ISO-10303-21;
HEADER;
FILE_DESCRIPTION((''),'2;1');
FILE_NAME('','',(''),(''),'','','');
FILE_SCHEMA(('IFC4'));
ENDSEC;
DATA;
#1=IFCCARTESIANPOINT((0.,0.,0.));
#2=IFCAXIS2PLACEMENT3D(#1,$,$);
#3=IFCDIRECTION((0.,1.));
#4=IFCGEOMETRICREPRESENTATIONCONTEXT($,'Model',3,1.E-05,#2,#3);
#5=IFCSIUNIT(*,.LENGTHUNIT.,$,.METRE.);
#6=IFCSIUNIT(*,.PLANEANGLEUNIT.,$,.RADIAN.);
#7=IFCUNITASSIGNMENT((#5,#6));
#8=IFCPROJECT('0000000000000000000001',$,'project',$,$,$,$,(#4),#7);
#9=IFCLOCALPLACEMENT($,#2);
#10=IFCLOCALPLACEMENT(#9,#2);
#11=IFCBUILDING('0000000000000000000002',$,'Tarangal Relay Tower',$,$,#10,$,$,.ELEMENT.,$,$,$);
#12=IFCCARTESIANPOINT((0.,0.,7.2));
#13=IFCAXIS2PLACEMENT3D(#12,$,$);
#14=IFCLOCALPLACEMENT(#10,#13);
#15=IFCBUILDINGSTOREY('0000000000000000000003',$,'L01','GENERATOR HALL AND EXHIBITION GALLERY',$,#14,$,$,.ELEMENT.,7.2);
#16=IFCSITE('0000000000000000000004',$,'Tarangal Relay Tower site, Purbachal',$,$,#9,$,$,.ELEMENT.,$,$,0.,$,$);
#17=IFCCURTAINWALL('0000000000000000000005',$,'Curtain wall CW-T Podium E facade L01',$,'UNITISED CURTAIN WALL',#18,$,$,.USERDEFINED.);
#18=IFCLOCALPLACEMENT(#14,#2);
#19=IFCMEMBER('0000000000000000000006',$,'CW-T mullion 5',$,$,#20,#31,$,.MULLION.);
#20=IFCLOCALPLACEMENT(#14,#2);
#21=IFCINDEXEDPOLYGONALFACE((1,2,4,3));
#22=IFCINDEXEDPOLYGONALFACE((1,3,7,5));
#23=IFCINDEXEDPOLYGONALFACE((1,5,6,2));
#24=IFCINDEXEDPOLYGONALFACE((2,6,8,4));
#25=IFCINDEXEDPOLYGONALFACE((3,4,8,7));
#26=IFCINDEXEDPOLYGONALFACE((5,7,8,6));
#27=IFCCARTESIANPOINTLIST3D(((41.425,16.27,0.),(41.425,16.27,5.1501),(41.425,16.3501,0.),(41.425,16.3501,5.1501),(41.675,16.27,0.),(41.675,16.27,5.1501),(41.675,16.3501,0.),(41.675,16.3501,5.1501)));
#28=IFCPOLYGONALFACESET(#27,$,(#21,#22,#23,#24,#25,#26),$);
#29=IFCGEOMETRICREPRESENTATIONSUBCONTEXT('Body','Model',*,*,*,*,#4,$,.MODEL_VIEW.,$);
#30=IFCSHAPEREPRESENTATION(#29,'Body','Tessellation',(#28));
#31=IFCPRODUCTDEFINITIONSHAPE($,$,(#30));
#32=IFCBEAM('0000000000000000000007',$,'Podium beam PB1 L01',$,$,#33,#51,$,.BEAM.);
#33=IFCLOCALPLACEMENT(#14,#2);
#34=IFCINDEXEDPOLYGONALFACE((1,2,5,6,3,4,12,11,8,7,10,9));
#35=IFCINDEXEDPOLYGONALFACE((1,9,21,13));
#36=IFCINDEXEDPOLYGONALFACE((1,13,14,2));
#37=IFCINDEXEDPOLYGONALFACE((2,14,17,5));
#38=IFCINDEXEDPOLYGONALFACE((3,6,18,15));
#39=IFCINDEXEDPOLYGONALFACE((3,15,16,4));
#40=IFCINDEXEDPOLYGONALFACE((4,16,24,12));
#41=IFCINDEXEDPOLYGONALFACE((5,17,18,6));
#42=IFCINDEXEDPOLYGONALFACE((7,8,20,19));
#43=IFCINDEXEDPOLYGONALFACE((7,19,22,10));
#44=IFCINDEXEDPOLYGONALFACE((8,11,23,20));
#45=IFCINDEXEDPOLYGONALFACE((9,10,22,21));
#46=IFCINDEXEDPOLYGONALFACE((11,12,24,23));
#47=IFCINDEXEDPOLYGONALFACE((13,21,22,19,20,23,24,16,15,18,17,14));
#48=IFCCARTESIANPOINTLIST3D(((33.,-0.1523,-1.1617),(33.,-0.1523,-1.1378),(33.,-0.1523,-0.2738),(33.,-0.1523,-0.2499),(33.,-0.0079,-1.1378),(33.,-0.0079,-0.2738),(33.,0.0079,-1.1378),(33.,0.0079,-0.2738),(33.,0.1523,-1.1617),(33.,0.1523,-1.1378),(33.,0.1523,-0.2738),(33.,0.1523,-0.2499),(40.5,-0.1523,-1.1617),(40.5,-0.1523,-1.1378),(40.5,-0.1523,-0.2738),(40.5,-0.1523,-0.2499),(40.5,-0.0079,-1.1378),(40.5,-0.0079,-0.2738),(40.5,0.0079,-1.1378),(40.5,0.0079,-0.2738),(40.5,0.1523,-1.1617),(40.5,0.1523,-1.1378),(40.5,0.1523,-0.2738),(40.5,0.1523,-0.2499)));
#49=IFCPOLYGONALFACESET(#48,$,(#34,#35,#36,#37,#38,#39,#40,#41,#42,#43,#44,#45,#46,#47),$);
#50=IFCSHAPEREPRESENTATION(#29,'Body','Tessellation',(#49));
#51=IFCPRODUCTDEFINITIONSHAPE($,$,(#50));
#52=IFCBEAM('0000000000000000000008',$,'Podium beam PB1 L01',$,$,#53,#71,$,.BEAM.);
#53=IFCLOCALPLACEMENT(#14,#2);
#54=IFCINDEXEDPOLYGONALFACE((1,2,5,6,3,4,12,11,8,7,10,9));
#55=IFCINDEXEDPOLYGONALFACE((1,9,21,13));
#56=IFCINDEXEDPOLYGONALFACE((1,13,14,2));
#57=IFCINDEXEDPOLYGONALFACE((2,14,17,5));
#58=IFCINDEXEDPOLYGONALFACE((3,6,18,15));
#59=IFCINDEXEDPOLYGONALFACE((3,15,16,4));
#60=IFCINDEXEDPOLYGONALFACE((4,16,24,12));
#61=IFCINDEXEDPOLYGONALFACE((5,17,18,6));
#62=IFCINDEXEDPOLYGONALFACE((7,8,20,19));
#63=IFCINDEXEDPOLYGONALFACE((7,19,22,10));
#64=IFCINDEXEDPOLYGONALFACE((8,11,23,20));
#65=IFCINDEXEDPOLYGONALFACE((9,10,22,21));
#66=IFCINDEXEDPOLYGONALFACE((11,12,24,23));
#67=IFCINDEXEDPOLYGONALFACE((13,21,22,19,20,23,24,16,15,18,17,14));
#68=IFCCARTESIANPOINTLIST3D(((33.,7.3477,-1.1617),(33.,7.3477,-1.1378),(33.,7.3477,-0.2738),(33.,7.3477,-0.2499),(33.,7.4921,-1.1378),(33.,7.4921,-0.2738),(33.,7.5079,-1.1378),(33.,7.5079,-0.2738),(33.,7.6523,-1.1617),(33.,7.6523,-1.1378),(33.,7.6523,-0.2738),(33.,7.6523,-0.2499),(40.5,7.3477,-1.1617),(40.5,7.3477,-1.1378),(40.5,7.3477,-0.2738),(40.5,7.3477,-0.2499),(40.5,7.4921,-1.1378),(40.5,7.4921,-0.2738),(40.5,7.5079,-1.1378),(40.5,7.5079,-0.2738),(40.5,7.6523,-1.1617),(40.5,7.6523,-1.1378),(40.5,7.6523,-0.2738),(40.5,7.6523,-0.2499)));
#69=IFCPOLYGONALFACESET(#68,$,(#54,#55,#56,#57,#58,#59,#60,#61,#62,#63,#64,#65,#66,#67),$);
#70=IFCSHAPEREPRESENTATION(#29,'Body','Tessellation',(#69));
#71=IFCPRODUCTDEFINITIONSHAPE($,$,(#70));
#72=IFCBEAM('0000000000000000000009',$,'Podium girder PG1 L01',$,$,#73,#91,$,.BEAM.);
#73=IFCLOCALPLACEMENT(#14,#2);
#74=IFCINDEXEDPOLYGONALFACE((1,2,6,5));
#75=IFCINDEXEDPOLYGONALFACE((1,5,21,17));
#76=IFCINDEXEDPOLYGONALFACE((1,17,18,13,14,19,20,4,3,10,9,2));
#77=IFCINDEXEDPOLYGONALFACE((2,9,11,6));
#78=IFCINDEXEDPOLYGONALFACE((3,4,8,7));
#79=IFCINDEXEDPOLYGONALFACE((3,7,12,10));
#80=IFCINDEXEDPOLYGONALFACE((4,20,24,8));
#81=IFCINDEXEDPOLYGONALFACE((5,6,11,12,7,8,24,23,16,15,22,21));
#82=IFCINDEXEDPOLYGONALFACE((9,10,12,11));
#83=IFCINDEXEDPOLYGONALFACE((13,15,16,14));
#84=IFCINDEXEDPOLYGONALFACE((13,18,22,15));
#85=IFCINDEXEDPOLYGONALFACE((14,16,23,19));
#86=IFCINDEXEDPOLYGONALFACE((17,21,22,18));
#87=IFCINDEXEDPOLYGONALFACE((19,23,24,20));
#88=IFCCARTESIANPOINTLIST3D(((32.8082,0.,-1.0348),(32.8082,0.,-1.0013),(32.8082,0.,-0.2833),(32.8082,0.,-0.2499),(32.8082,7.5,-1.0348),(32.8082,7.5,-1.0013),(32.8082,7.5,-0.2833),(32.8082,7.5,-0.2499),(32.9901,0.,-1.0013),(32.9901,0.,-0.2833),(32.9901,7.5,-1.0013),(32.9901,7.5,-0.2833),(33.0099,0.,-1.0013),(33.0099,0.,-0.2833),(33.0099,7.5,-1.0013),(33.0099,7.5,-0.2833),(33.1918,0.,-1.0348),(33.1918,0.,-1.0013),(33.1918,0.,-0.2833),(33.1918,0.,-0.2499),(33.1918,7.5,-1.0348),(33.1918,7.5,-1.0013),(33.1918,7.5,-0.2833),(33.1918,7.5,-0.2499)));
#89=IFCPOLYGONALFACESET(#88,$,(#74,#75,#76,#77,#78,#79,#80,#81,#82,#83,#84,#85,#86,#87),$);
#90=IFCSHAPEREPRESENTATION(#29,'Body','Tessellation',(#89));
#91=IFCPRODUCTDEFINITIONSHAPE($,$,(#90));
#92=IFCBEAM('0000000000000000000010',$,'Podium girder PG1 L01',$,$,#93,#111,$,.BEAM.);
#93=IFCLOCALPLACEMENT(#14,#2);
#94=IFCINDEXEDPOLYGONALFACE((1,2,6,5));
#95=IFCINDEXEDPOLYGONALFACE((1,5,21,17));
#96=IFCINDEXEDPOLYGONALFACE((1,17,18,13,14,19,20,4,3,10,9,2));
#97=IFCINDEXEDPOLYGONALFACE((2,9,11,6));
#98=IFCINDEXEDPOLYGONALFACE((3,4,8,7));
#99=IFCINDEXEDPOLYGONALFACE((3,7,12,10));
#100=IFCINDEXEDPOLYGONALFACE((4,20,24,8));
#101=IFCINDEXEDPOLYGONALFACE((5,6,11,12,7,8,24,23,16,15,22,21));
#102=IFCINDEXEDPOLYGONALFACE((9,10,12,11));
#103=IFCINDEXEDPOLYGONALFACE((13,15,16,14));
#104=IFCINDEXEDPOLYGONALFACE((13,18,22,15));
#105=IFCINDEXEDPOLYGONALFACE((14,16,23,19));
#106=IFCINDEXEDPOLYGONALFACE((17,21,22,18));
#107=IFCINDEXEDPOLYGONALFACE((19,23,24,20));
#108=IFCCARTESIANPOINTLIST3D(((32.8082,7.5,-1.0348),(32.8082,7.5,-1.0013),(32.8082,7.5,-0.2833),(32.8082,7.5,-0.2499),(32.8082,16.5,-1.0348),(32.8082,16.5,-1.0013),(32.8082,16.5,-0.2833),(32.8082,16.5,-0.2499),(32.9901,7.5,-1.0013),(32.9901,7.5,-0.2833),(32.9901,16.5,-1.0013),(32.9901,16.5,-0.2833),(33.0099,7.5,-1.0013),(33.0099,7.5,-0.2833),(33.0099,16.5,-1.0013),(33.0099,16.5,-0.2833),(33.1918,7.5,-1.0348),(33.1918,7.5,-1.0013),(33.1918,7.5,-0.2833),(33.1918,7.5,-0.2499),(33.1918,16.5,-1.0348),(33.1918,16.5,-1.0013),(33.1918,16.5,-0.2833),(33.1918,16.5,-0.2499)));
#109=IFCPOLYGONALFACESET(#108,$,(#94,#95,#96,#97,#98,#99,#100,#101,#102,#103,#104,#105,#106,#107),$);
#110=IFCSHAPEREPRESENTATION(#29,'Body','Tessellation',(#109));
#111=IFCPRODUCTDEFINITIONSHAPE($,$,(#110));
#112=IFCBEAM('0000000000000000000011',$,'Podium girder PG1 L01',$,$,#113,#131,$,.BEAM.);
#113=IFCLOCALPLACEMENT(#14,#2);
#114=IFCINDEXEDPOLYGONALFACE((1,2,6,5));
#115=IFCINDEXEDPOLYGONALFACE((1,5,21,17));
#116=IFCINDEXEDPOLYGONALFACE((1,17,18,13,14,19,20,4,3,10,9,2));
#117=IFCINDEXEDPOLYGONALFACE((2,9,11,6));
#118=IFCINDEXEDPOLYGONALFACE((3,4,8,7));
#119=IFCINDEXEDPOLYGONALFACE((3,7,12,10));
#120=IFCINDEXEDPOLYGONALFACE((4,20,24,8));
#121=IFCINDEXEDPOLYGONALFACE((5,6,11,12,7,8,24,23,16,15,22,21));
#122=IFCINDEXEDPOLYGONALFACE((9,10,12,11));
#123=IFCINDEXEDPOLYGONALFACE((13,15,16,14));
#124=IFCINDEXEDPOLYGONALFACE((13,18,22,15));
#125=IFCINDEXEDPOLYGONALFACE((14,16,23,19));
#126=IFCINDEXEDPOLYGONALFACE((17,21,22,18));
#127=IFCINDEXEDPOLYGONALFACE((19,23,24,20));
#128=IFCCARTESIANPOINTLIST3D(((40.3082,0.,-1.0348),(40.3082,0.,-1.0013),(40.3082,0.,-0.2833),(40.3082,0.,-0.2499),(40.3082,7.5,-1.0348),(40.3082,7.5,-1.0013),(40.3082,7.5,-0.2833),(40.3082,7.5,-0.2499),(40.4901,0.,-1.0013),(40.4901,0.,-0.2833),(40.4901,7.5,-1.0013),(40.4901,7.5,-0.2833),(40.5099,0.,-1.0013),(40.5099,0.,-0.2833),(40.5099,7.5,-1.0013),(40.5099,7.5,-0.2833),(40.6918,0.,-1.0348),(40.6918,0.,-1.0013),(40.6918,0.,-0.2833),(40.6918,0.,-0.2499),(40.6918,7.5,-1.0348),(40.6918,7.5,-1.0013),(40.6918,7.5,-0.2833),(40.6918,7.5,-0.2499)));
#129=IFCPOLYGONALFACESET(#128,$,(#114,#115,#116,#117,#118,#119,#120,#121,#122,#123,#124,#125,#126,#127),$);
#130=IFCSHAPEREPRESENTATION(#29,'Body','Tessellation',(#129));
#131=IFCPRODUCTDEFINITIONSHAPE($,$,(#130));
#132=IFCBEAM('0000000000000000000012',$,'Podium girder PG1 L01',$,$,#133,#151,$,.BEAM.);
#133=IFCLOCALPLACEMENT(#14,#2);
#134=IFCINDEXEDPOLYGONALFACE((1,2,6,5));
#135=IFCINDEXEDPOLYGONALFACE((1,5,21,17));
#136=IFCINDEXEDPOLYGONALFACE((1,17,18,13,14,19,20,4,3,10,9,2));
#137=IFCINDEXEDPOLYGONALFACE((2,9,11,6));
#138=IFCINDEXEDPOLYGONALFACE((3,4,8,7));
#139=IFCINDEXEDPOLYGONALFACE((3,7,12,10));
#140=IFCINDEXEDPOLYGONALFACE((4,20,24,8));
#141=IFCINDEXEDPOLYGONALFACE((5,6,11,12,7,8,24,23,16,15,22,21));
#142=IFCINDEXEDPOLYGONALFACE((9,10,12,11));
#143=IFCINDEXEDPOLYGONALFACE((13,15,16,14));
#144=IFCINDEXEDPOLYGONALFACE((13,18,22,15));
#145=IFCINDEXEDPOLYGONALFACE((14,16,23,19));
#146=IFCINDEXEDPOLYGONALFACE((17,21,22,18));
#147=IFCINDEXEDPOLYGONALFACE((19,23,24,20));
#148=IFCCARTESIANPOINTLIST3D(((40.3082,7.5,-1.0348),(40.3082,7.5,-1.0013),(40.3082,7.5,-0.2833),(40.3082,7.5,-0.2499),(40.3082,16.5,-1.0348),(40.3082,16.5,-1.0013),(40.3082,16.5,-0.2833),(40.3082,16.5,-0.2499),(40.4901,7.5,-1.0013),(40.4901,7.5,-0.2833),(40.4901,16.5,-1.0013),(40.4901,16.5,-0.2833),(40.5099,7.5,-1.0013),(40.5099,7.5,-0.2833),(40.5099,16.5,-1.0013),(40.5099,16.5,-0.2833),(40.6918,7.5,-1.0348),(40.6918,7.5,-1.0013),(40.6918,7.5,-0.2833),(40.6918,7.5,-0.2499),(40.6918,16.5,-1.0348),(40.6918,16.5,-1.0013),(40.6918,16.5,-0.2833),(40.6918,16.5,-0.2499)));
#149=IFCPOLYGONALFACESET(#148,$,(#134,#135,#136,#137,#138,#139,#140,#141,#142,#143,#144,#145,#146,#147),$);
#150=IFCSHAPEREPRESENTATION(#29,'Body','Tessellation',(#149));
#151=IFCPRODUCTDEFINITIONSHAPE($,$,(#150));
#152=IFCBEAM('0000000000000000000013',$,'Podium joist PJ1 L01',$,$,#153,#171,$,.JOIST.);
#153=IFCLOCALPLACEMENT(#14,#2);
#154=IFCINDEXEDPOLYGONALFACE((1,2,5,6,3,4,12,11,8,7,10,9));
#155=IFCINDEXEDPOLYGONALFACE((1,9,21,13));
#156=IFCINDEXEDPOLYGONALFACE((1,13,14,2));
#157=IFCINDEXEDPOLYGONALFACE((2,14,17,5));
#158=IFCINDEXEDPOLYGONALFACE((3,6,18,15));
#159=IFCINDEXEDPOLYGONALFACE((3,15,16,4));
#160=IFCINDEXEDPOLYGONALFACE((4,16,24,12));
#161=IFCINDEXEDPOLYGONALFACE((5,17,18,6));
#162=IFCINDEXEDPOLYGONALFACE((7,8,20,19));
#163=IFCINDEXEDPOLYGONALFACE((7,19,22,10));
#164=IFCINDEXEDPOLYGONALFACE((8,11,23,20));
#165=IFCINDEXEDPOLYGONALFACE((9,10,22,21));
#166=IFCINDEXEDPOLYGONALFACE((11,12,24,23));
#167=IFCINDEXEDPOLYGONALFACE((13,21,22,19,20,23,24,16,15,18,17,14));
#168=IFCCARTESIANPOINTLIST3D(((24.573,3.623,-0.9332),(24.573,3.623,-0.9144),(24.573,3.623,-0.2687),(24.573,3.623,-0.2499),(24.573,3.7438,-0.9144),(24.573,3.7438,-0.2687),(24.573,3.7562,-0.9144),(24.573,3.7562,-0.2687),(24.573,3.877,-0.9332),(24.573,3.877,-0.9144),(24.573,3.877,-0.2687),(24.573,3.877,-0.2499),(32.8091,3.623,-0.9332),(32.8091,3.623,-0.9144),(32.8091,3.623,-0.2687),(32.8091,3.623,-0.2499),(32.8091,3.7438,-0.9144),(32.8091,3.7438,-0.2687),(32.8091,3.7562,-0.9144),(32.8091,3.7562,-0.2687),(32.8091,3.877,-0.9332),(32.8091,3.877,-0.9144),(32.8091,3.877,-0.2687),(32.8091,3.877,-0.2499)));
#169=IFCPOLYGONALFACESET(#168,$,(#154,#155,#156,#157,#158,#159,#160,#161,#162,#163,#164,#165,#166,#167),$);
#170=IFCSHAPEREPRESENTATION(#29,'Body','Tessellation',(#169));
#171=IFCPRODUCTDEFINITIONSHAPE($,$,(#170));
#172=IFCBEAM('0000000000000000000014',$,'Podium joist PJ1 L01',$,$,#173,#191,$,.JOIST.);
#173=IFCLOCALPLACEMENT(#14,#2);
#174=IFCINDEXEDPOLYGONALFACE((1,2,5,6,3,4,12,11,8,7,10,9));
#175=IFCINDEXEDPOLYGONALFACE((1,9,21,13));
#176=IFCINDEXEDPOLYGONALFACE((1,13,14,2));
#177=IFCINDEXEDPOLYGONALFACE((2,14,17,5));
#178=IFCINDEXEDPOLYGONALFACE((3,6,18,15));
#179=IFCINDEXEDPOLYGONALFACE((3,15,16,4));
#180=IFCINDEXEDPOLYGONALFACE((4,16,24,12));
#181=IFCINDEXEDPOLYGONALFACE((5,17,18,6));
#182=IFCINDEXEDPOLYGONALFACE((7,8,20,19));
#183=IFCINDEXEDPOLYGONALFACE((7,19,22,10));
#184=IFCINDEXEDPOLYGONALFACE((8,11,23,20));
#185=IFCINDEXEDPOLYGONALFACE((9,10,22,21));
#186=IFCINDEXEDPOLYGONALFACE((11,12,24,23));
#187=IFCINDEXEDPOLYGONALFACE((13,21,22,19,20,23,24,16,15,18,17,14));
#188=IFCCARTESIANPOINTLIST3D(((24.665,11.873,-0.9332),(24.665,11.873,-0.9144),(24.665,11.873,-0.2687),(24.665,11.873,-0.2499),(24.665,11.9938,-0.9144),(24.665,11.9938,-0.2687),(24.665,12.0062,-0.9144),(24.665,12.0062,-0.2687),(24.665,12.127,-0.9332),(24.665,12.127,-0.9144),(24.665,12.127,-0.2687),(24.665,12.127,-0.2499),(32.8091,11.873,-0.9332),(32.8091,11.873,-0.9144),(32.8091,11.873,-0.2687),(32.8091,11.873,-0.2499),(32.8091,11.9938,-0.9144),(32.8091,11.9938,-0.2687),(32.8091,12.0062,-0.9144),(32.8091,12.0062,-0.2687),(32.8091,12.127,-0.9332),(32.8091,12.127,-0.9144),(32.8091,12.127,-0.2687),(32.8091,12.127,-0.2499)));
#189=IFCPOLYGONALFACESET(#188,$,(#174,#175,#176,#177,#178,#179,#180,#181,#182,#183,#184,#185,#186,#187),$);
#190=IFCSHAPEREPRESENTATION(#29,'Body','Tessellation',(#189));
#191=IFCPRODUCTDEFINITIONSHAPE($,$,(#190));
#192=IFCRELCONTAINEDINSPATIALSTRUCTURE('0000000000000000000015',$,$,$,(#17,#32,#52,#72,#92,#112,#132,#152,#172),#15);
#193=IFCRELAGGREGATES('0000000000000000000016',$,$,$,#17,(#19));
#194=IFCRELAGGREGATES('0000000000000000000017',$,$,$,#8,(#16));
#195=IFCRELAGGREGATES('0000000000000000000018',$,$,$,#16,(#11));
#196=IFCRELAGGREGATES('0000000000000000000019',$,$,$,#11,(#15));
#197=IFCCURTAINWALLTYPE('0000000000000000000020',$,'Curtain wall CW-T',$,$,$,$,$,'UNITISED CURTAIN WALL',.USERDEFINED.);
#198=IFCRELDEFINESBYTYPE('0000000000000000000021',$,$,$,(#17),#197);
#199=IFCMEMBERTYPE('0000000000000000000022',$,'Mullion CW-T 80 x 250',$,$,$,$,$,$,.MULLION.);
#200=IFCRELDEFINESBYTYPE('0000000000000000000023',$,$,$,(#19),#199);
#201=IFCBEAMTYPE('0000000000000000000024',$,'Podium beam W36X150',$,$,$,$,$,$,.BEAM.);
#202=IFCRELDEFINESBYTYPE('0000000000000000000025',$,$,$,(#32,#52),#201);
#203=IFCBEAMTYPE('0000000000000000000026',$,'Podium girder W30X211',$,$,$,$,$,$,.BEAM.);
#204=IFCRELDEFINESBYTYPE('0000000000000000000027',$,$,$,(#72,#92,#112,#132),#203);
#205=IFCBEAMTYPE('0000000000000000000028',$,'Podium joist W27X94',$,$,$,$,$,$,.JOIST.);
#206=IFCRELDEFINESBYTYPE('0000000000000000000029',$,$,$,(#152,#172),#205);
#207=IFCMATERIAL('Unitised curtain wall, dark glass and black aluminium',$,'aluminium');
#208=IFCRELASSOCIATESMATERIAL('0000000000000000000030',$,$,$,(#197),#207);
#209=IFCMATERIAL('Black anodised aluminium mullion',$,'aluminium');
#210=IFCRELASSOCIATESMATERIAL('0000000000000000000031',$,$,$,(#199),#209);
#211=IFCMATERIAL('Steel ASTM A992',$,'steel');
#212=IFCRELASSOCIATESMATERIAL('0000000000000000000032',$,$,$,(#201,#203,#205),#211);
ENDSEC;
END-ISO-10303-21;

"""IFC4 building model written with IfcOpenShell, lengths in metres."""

from ifc_helpers import new_model, si_unit, direction, frame, origin, origin_2d, place, context, subcontext, project, spatial, rectangle, i_section, extrude, material, material_profile, profile_set, type_object, element, aggregate, save


model = new_model("IFC4")

# Units and contexts
model_context = context("Model", 3, precision=1e-05, world=origin(), true_north=direction((0.0, 1.0)))
body_context = subcontext(model_context, "Body", "Model", "MODEL_VIEW")
ifc_project = project(units=[si_unit("LENGTHUNIT", "METRE"), si_unit("PLANEANGLEUNIT", "RADIAN")], contexts=[model_context])

# Site, building, storey
site_placement = place(None, origin())
site = spatial("IfcSite", under=ifc_project, at=site_placement, Name="Tarangal Relay Tower site, Purbachal", CompositionType="ELEMENT", RefElevation=0.0)
building_placement = place(site_placement, origin())
building = spatial("IfcBuilding", under=site, at=building_placement, Name="Tarangal Relay Tower", CompositionType="ELEMENT")
storey_placement = place(building_placement, frame((0.0, 0.0, 7.2)))
storey = spatial("IfcBuildingStorey", under=building, at=storey_placement, Name="L01", Description="GENERATOR HALL AND EXHIBITION GALLERY", CompositionType="ELEMENT", Elevation=7.2)

# Shared definitions
ifc_material_1 = material(Name="Steel ASTM A992", Category="steel")

# Shared definitions
ifc_material_2 = material(Name="Unitised curtain wall, dark glass and black aluminium", Category="aluminium")
ifc_material_3 = material(Name="Black anodised aluminium mullion", Category="aluminium")

# Curtain wall, member
curtain_wall_type_1 = type_object("IfcCurtainWallType", Name="Curtain wall CW-T", ElementType="UNITISED CURTAIN WALL", PredefinedType="USERDEFINED", material=ifc_material_2)
ifc_material_profile_1 = material_profile(ifc_material_3, rectangle(XDim=0.25, YDim=0.0801, at=origin_2d()), Name="CW-TM 80X250")
ifc_profile_set_1 = profile_set([ifc_material_profile_1], Name="Black anodised aluminium mullion")
member_type_1 = type_object("IfcMemberType", Name="Mullion CW-T 80 x 250", PredefinedType="MULLION", material=ifc_profile_set_1)
curtain_wall_1_placement = place(storey_placement, origin())
curtain_wall_1 = element("IfcCurtainWall", 1, at=curtain_wall_1_placement, inside=storey, type_object=curtain_wall_type_1, Name="Curtain wall CW-T Podium E facade L01", ObjectType="UNITISED CURTAIN WALL", PredefinedType="USERDEFINED")
member_1_placement = place(storey_placement, frame((41.55, 16.3101, 0.0), z_axis=(0.0, 0.0, 1.0), x_axis=(-1.0, 0.0, 0.0)))
member_1 = element("IfcMember", 2, at=member_1_placement, type_object=member_type_1, Name="CW-T mullion 5", PredefinedType="MULLION", context=body_context, shape_type="SweptSolid", body=[
    extrude(rectangle(XDim=0.25, YDim=0.0801, at=origin_2d()), origin(), (0.0, 0.0, 1.0), 5.1501),
])

# Beams
ifc_material_profile_2 = material_profile(ifc_material_1, i_section(OverallWidth=0.3047, OverallDepth=0.9119, WebThickness=0.0159, FlangeThickness=0.0239, at=origin_2d()), Name="W36X150")
ifc_profile_set_2 = profile_set([ifc_material_profile_2], Name="Steel ASTM A992")
beam_type_1 = type_object("IfcBeamType", Name="Podium beam W36X150", PredefinedType="BEAM", material=ifc_profile_set_2)
for number, where, z_axis, x_axis, name in (
    (3, (33.0, 0.0, -0.7058), (1.0, 0.0, 0.0), (0.0, 1.0, 0.0), "Podium beam PB1 L01"),
    (4, (33.0, 7.5, -0.7058), (1.0, 0.0, 0.0), (0.0, 1.0, 0.0), "Podium beam PB1 L01"),
):
    element("IfcBeam", number, at=place(storey_placement, frame(where, z_axis=z_axis, x_axis=x_axis)), inside=storey, type_object=beam_type_1, Name=name, PredefinedType="BEAM", context=body_context, shape_type="SweptSolid", body=[
        extrude(i_section(OverallWidth=0.3047, OverallDepth=0.9119, WebThickness=0.0159, FlangeThickness=0.0239, at=origin_2d()), origin(), (0.0, 0.0, 1.0), 7.5),
    ])
ifc_material_profile_3 = material_profile(ifc_material_1, i_section(OverallWidth=0.3835, OverallDepth=0.7849, WebThickness=0.0198, FlangeThickness=0.0334, at=origin_2d()), Name="W30X211")
ifc_profile_set_3 = profile_set([ifc_material_profile_3], Name="Steel ASTM A992")
beam_type_2 = type_object("IfcBeamType", Name="Podium girder W30X211", PredefinedType="BEAM", material=ifc_profile_set_3)
beam_1_placement = place(storey_placement, frame((33.0, 0.0, -0.6423), z_axis=(0.0, 1.0, 0.0), x_axis=(-1.0, 0.0, 0.0)))
element("IfcBeam", 5, at=beam_1_placement, inside=storey, type_object=beam_type_2, Name="Podium girder PG1 L01", PredefinedType="BEAM", context=body_context, shape_type="SweptSolid", body=[
    extrude(i_section(OverallWidth=0.3835, OverallDepth=0.7849, WebThickness=0.0198, FlangeThickness=0.0334, at=origin_2d()), origin(), (0.0, 0.0, 1.0), 7.5),
])
beam_2_placement = place(storey_placement, frame((33.0, 7.5, -0.6423), z_axis=(0.0, 1.0, 0.0), x_axis=(-1.0, 0.0, 0.0)))
element("IfcBeam", 6, at=beam_2_placement, inside=storey, type_object=beam_type_2, Name="Podium girder PG1 L01", PredefinedType="BEAM", context=body_context, shape_type="SweptSolid", body=[
    extrude(i_section(OverallWidth=0.3835, OverallDepth=0.7849, WebThickness=0.0198, FlangeThickness=0.0334, at=origin_2d()), origin(), (0.0, 0.0, 1.0), 9.0),
])
beam_3_placement = place(storey_placement, frame((40.5, 0.0, -0.6423), z_axis=(0.0, 1.0, 0.0), x_axis=(-1.0, 0.0, 0.0)))
element("IfcBeam", 7, at=beam_3_placement, inside=storey, type_object=beam_type_2, Name="Podium girder PG1 L01", PredefinedType="BEAM", context=body_context, shape_type="SweptSolid", body=[
    extrude(i_section(OverallWidth=0.3835, OverallDepth=0.7849, WebThickness=0.0198, FlangeThickness=0.0334, at=origin_2d()), origin(), (0.0, 0.0, 1.0), 7.5),
])
beam_4_placement = place(storey_placement, frame((40.5, 7.5, -0.6423), z_axis=(0.0, 1.0, 0.0), x_axis=(-1.0, 0.0, 0.0)))
element("IfcBeam", 8, at=beam_4_placement, inside=storey, type_object=beam_type_2, Name="Podium girder PG1 L01", PredefinedType="BEAM", context=body_context, shape_type="SweptSolid", body=[
    extrude(i_section(OverallWidth=0.3835, OverallDepth=0.7849, WebThickness=0.0198, FlangeThickness=0.0334, at=origin_2d()), origin(), (0.0, 0.0, 1.0), 9.0),
])
ifc_material_profile_4 = material_profile(ifc_material_1, i_section(OverallWidth=0.2539, OverallDepth=0.6833, WebThickness=0.0125, FlangeThickness=0.0188, at=origin_2d()), Name="W27X94")
ifc_profile_set_4 = profile_set([ifc_material_profile_4], Name="Steel ASTM A992")
beam_type_3 = type_object("IfcBeamType", Name="Podium joist W27X94", PredefinedType="JOIST", material=ifc_profile_set_4)
beam_5_placement = place(storey_placement, frame((24.573, 3.75, -0.5916), z_axis=(1.0, 0.0, 0.0), x_axis=(0.0, 1.0, 0.0)))
element("IfcBeam", 9, at=beam_5_placement, inside=storey, type_object=beam_type_3, Name="Podium joist PJ1 L01", PredefinedType="JOIST", context=body_context, shape_type="SweptSolid", body=[
    extrude(i_section(OverallWidth=0.2539, OverallDepth=0.6833, WebThickness=0.0125, FlangeThickness=0.0188, at=origin_2d()), origin(), (0.0, 0.0, 1.0), 8.2361),
])
beam_6_placement = place(storey_placement, frame((24.665, 12.0, -0.5916), z_axis=(1.0, 0.0, 0.0), x_axis=(0.0, 1.0, 0.0)))
element("IfcBeam", 10, at=beam_6_placement, inside=storey, type_object=beam_type_3, Name="Podium joist PJ1 L01", PredefinedType="JOIST", context=body_context, shape_type="SweptSolid", body=[
    extrude(i_section(OverallWidth=0.2539, OverallDepth=0.6833, WebThickness=0.0125, FlangeThickness=0.0188, at=origin_2d()), origin(), (0.0, 0.0, 1.0), 8.144),
])

aggregate(curtain_wall_1, [member_1])

save(model, "model.ifc")
